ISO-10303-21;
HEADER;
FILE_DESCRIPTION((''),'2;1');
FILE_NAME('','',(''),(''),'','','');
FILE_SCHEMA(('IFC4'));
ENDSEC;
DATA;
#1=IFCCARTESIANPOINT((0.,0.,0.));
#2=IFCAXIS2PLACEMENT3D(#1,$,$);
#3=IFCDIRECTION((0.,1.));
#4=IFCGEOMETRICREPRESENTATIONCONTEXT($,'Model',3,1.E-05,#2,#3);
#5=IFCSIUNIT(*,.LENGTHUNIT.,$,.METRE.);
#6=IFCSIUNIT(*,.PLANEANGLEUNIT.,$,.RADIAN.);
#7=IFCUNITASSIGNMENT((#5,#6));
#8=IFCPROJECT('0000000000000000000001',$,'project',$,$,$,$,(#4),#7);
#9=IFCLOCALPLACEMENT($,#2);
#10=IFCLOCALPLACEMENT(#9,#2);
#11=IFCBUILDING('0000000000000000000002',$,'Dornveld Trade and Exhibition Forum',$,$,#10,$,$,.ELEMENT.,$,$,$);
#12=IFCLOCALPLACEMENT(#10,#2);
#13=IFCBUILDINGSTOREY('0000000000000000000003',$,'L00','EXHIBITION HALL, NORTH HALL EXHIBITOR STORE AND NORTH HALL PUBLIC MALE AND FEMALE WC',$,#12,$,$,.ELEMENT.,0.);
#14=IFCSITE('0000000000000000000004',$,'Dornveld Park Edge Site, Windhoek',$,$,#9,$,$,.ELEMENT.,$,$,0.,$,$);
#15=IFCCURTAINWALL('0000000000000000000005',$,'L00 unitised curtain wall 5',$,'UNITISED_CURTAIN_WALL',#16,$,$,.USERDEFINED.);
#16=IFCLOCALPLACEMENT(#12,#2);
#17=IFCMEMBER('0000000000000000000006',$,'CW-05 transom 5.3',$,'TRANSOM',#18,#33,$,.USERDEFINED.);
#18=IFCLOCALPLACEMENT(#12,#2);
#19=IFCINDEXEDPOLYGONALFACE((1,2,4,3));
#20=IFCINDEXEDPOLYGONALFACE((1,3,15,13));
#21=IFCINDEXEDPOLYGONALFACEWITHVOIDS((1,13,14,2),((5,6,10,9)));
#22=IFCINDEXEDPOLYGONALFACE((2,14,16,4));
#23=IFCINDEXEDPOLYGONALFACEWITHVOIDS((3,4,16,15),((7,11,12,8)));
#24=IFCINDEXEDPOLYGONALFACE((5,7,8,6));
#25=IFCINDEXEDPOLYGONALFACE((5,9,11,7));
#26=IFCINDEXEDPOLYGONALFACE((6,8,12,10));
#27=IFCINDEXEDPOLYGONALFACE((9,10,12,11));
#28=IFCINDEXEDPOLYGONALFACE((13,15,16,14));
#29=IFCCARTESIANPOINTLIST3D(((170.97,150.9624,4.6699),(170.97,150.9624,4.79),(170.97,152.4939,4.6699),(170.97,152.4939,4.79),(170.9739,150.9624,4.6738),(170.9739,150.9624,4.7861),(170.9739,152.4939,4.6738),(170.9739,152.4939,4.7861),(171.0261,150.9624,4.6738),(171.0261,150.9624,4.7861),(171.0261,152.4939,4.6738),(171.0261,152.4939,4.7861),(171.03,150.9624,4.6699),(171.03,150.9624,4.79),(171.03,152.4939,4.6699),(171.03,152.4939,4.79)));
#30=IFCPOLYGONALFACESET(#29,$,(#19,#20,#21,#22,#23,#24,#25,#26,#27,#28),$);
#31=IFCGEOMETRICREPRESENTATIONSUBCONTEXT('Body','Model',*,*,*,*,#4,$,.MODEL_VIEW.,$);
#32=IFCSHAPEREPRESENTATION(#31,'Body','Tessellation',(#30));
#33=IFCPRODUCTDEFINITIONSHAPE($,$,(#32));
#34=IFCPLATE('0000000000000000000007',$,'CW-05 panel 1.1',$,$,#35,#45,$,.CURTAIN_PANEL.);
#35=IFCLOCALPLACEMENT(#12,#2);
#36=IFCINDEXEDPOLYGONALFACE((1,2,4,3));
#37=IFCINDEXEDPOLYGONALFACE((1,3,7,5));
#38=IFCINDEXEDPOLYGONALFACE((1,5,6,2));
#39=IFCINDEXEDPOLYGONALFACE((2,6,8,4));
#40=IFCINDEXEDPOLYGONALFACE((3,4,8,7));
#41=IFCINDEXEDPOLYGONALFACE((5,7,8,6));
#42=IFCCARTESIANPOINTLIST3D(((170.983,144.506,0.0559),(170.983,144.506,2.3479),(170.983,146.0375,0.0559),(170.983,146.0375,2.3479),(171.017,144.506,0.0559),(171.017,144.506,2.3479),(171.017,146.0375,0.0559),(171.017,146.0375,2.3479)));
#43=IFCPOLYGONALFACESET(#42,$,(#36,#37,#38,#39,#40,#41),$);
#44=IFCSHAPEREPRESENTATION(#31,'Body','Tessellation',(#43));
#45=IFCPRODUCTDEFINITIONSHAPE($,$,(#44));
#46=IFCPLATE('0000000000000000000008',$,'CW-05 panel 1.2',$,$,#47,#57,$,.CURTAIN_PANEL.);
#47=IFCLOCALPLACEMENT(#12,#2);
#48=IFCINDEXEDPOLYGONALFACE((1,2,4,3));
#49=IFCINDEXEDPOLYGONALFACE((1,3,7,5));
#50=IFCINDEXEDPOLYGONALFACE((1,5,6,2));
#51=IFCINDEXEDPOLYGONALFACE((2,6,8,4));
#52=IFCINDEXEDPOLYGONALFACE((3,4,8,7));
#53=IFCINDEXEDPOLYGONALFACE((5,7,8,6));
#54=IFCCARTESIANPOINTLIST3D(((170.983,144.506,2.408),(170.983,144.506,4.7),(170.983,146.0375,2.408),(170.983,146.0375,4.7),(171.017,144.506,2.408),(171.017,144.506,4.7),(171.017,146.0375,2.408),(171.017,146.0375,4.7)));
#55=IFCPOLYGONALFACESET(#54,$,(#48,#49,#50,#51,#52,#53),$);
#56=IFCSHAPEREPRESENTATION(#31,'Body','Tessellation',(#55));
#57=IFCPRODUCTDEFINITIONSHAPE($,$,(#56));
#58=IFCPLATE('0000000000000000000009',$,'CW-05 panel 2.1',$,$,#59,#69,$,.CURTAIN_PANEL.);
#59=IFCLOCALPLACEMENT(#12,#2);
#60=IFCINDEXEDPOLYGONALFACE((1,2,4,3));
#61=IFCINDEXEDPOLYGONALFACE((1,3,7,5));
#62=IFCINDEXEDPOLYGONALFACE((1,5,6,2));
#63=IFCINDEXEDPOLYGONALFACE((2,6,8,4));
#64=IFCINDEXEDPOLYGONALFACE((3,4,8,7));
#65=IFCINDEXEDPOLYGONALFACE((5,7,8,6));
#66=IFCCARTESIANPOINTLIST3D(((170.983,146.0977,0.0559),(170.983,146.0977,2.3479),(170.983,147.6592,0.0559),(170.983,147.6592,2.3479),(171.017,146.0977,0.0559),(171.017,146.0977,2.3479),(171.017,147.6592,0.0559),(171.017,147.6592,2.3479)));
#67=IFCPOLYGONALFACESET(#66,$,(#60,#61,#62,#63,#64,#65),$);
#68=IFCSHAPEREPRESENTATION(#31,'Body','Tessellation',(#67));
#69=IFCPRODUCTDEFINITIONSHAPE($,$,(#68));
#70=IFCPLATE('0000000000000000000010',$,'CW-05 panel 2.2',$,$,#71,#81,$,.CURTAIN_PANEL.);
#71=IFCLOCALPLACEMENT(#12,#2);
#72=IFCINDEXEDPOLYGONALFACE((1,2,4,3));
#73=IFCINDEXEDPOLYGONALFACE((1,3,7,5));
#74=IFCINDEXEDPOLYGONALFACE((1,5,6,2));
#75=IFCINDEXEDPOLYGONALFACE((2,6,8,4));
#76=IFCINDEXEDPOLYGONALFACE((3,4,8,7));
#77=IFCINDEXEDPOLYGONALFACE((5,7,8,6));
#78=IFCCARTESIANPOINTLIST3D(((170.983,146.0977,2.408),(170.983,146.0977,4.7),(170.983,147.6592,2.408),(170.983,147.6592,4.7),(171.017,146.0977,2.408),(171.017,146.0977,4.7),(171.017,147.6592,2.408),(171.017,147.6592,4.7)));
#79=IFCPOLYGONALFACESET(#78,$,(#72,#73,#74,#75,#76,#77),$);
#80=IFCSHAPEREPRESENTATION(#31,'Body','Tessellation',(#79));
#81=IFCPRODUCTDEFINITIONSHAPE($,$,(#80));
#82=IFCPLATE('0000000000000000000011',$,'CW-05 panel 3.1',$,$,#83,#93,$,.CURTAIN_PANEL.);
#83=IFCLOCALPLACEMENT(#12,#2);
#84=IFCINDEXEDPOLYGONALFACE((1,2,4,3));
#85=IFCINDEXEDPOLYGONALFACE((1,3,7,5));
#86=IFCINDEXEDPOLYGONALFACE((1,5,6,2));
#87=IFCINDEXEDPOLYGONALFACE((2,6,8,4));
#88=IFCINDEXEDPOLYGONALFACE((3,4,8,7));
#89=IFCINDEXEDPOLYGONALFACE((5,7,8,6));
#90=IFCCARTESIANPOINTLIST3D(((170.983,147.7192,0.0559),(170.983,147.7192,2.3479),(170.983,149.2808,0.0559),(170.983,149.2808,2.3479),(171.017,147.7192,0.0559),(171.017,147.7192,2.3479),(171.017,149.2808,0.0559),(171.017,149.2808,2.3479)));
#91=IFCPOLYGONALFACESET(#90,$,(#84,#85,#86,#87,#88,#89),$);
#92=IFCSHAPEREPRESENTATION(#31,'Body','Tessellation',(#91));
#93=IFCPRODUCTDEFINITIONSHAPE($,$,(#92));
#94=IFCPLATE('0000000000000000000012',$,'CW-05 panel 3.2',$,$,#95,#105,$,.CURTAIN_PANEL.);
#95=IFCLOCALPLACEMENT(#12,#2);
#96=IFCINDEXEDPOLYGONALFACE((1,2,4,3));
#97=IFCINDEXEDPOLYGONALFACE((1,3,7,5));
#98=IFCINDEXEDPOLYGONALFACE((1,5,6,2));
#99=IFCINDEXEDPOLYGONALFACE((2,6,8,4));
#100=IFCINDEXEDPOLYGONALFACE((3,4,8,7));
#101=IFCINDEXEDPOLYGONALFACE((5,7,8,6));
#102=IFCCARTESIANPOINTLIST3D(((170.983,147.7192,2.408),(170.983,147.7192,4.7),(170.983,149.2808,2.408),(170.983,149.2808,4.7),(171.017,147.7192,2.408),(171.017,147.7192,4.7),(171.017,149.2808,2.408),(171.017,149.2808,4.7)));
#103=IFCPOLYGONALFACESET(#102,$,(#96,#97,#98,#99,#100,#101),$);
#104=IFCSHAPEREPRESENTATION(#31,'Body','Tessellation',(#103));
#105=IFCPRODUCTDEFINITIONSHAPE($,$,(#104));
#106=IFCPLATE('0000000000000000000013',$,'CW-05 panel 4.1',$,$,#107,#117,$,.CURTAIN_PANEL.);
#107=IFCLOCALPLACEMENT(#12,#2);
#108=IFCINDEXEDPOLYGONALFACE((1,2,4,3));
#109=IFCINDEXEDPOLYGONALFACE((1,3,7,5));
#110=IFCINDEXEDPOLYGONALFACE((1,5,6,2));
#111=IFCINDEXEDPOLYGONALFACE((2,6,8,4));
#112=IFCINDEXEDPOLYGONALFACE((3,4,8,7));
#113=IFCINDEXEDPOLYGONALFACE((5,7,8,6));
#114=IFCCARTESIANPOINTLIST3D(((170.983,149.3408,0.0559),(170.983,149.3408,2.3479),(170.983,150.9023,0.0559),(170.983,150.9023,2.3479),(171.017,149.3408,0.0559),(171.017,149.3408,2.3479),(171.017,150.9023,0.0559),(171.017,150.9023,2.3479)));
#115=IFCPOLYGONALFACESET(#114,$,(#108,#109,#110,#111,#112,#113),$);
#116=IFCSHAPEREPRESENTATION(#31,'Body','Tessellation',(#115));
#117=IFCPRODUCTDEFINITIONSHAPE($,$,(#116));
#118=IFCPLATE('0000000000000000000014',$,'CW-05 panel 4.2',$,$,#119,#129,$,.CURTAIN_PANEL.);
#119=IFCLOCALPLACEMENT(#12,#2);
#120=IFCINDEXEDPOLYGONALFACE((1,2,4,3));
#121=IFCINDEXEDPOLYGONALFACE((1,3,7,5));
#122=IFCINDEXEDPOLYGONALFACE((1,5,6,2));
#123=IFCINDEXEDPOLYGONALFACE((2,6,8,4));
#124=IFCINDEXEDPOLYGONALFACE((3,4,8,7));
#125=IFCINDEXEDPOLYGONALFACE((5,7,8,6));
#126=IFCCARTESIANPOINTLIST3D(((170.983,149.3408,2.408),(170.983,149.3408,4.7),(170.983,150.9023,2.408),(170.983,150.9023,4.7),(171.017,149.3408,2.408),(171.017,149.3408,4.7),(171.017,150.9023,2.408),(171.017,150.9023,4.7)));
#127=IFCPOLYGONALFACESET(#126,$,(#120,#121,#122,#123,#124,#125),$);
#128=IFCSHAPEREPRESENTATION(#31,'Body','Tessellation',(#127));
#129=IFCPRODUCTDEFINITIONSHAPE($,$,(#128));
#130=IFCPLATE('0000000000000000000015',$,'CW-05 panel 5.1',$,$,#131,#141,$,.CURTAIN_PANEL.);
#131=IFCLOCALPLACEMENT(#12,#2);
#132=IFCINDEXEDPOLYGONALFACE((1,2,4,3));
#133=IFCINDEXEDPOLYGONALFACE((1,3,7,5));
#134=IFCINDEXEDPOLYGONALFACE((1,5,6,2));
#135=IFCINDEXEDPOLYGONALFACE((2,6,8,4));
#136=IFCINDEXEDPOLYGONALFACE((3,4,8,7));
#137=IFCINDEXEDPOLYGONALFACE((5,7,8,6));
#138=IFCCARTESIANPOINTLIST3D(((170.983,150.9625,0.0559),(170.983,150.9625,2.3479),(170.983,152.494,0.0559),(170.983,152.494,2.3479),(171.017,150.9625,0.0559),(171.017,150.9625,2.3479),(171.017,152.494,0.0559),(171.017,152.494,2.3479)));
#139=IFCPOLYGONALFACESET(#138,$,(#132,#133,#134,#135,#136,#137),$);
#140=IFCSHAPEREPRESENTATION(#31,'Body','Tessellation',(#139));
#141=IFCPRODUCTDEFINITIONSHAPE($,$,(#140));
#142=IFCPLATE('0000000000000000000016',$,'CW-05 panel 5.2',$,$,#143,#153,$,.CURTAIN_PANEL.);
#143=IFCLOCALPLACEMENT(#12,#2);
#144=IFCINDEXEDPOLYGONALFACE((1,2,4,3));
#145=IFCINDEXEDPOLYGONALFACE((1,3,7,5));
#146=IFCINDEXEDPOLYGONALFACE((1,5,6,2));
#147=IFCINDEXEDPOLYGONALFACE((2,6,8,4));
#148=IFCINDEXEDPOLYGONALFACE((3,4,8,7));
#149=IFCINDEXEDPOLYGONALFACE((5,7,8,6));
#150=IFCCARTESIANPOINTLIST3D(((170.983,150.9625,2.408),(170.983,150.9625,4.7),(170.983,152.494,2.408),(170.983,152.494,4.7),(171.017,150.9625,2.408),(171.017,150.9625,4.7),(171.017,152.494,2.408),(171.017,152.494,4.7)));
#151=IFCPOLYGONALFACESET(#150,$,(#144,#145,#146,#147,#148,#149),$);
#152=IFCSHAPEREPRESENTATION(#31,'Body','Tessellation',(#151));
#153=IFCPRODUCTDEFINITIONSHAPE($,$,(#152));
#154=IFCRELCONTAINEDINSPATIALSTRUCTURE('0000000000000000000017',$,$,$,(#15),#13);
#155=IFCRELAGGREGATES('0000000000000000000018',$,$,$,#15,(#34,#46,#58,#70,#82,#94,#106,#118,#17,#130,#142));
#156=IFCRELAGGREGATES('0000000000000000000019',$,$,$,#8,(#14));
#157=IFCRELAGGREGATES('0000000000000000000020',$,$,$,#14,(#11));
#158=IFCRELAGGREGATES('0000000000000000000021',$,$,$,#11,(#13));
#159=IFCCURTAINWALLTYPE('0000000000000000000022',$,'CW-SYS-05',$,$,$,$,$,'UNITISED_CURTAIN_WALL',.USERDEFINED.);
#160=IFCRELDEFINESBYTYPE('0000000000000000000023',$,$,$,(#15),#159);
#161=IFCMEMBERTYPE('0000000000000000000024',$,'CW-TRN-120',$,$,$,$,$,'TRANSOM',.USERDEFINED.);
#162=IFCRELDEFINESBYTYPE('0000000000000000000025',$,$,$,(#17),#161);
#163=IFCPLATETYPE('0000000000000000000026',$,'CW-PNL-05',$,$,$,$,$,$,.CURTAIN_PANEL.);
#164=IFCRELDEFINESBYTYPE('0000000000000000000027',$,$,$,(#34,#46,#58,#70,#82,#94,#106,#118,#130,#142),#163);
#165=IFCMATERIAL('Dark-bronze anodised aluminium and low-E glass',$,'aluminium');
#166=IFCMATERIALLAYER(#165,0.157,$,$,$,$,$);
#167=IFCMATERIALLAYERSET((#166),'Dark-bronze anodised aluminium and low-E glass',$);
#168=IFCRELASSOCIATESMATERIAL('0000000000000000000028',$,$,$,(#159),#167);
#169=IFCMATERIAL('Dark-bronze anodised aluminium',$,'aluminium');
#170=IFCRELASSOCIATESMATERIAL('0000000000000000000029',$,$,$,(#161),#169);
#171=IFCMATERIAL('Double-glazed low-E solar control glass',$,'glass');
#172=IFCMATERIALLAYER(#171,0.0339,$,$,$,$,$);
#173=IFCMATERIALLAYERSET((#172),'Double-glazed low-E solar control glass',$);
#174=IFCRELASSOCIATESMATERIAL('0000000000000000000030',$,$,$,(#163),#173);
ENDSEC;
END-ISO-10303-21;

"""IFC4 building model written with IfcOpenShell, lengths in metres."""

from ifc_helpers import new_model, si_unit, direction, frame, origin, origin_2d, place, context, subcontext, project, spatial, rectangle, hollow_rectangle, extrude, material, layer, layer_set, material_profile, profile_set, type_object, element, aggregate, save


model = new_model("IFC4")

# Units and contexts
model_context = context("Model", 3, precision=1e-05, world=origin(), true_north=direction((0.0, 1.0)))
body_context = subcontext(model_context, "Body", "Model", "MODEL_VIEW")
ifc_project = project(units=[si_unit("LENGTHUNIT", "METRE"), si_unit("PLANEANGLEUNIT", "RADIAN")], contexts=[model_context])

# Site, building, storey
site_placement = place(None, origin())
site = spatial("IfcSite", under=ifc_project, at=site_placement, Name="Dornveld Park Edge Site, Windhoek", CompositionType="ELEMENT", RefElevation=0.0)
building_placement = place(site_placement, origin())
building = spatial("IfcBuilding", under=site, at=building_placement, Name="Dornveld Trade and Exhibition Forum", CompositionType="ELEMENT")
storey_placement = place(building_placement, origin())
storey = spatial("IfcBuildingStorey", under=building, at=storey_placement, Name="L00", Description="EXHIBITION HALL, NORTH HALL EXHIBITOR STORE AND NORTH HALL PUBLIC MALE AND FEMALE WC", CompositionType="ELEMENT", Elevation=0.0)

# Curtain wall, member, plates
ifc_material_1 = material(Name="Dark-bronze anodised aluminium and low-E glass", Category="aluminium")
ifc_layer_1 = layer(ifc_material_1, 0.157)
ifc_layer_set_1 = layer_set([ifc_layer_1], Name="Dark-bronze anodised aluminium and low-E glass")
curtain_wall_type_1 = type_object("IfcCurtainWallType", Name="CW-SYS-05", ElementType="UNITISED_CURTAIN_WALL", PredefinedType="USERDEFINED", material=ifc_layer_set_1)
curtain_wall_1_placement = place(storey_placement, origin())
curtain_wall_1 = element("IfcCurtainWall", 1, at=curtain_wall_1_placement, inside=storey, type_object=curtain_wall_type_1, Name="L00 unitised curtain wall 5", ObjectType="UNITISED_CURTAIN_WALL", PredefinedType="USERDEFINED")
ifc_material_2 = material(Name="Dark-bronze anodised aluminium", Category="aluminium")
ifc_material_profile_1 = material_profile(ifc_material_2, hollow_rectangle(XDim=0.0601, YDim=0.1201, WallThickness=0.0039, at=origin_2d()), Name="RHS 120x60x4")
ifc_profile_set_1 = profile_set([ifc_material_profile_1], Name="Dark-bronze anodised aluminium")
member_type_1 = type_object("IfcMemberType", Name="CW-TRN-120", ElementType="TRANSOM", PredefinedType="USERDEFINED", material=ifc_profile_set_1)
member_1_placement = place(storey_placement, frame((171.0, 150.9624, 4.73), z_axis=(0.0, 1.0, 0.0), x_axis=(-1.0, 0.0, 0.0)))
member_1 = element("IfcMember", 2, at=member_1_placement, type_object=member_type_1, Name="CW-05 transom 5.3", ObjectType="TRANSOM", PredefinedType="USERDEFINED", context=body_context, shape_type="SweptSolid", body=[
    extrude(hollow_rectangle(XDim=0.0601, YDim=0.1201, WallThickness=0.0039, at=origin_2d()), origin(), (0.0, 0.0, 1.0), 1.5315),
])
ifc_material_3 = material(Name="Double-glazed low-E solar control glass", Category="glass")
ifc_layer_2 = layer(ifc_material_3, 0.0339)
ifc_layer_set_2 = layer_set([ifc_layer_2], Name="Double-glazed low-E solar control glass")
plate_type = type_object("IfcPlateType", Name="CW-PNL-05", PredefinedType="CURTAIN_PANEL", material=ifc_layer_set_2)
plate_1_placement = place(storey_placement, frame((171.0, 145.2717, 0.0559), z_axis=(0.0, 0.0, 1.0), x_axis=(0.0, 1.0, 0.0)))
plate_1 = element("IfcPlate", 3, at=plate_1_placement, type_object=plate_type, Name="CW-05 panel 1.1", PredefinedType="CURTAIN_PANEL", context=body_context, shape_type="SweptSolid", body=[
    extrude(rectangle(XDim=1.5315, YDim=0.0339, at=origin_2d()), origin(), (0.0, 0.0, 1.0), 2.292),
])
plate_2_placement = place(storey_placement, frame((171.0, 145.2717, 2.408), z_axis=(0.0, 0.0, 1.0), x_axis=(0.0, 1.0, 0.0)))
plate_2 = element("IfcPlate", 4, at=plate_2_placement, type_object=plate_type, Name="CW-05 panel 1.2", PredefinedType="CURTAIN_PANEL", context=body_context, shape_type="SweptSolid", body=[
    extrude(rectangle(XDim=1.5315, YDim=0.0339, at=origin_2d()), origin(), (0.0, 0.0, 1.0), 2.292),
])
plate_3_placement = place(storey_placement, frame((171.0, 146.8784, 0.0559), z_axis=(0.0, 0.0, 1.0), x_axis=(0.0, 1.0, 0.0)))
plate_3 = element("IfcPlate", 5, at=plate_3_placement, type_object=plate_type, Name="CW-05 panel 2.1", PredefinedType="CURTAIN_PANEL", context=body_context, shape_type="SweptSolid", body=[
    extrude(rectangle(XDim=1.5615, YDim=0.0339, at=origin_2d()), origin(), (0.0, 0.0, 1.0), 2.292),
])
plate_4_placement = place(storey_placement, frame((171.0, 146.8784, 2.408), z_axis=(0.0, 0.0, 1.0), x_axis=(0.0, 1.0, 0.0)))
plate_4 = element("IfcPlate", 6, at=plate_4_placement, type_object=plate_type, Name="CW-05 panel 2.2", PredefinedType="CURTAIN_PANEL", context=body_context, shape_type="SweptSolid", body=[
    extrude(rectangle(XDim=1.5615, YDim=0.0339, at=origin_2d()), origin(), (0.0, 0.0, 1.0), 2.292),
])
plate_5_placement = place(storey_placement, frame((171.0, 148.5, 0.0559), z_axis=(0.0, 0.0, 1.0), x_axis=(0.0, 1.0, 0.0)))
plate_5 = element("IfcPlate", 7, at=plate_5_placement, type_object=plate_type, Name="CW-05 panel 3.1", PredefinedType="CURTAIN_PANEL", context=body_context, shape_type="SweptSolid", body=[
    extrude(rectangle(XDim=1.5615, YDim=0.0339, at=origin_2d()), origin(), (0.0, 0.0, 1.0), 2.292),
])
plate_6_placement = place(storey_placement, frame((171.0, 148.5, 2.408), z_axis=(0.0, 0.0, 1.0), x_axis=(0.0, 1.0, 0.0)))
plate_6 = element("IfcPlate", 8, at=plate_6_placement, type_object=plate_type, Name="CW-05 panel 3.2", PredefinedType="CURTAIN_PANEL", context=body_context, shape_type="SweptSolid", body=[
    extrude(rectangle(XDim=1.5615, YDim=0.0339, at=origin_2d()), origin(), (0.0, 0.0, 1.0), 2.292),
])
plate_7_placement = place(storey_placement, frame((171.0, 150.1216, 0.0559), z_axis=(0.0, 0.0, 1.0), x_axis=(0.0, 1.0, 0.0)))
plate_7 = element("IfcPlate", 9, at=plate_7_placement, type_object=plate_type, Name="CW-05 panel 4.1", PredefinedType="CURTAIN_PANEL", context=body_context, shape_type="SweptSolid", body=[
    extrude(rectangle(XDim=1.5615, YDim=0.0339, at=origin_2d()), origin(), (0.0, 0.0, 1.0), 2.292),
])
plate_8_placement = place(storey_placement, frame((171.0, 150.1216, 2.408), z_axis=(0.0, 0.0, 1.0), x_axis=(0.0, 1.0, 0.0)))
plate_8 = element("IfcPlate", 10, at=plate_8_placement, type_object=plate_type, Name="CW-05 panel 4.2", PredefinedType="CURTAIN_PANEL", context=body_context, shape_type="SweptSolid", body=[
    extrude(rectangle(XDim=1.5615, YDim=0.0339, at=origin_2d()), origin(), (0.0, 0.0, 1.0), 2.292),
])
plate_9_placement = place(storey_placement, frame((171.0, 151.7283, 0.0559), z_axis=(0.0, 0.0, 1.0), x_axis=(0.0, 1.0, 0.0)))
plate_9 = element("IfcPlate", 11, at=plate_9_placement, type_object=plate_type, Name="CW-05 panel 5.1", PredefinedType="CURTAIN_PANEL", context=body_context, shape_type="SweptSolid", body=[
    extrude(rectangle(XDim=1.5315, YDim=0.0339, at=origin_2d()), origin(), (0.0, 0.0, 1.0), 2.292),
])
plate_10_placement = place(storey_placement, frame((171.0, 151.7283, 2.408), z_axis=(0.0, 0.0, 1.0), x_axis=(0.0, 1.0, 0.0)))
plate_10 = element("IfcPlate", 12, at=plate_10_placement, type_object=plate_type, Name="CW-05 panel 5.2", PredefinedType="CURTAIN_PANEL", context=body_context, shape_type="SweptSolid", body=[
    extrude(rectangle(XDim=1.5315, YDim=0.0339, at=origin_2d()), origin(), (0.0, 0.0, 1.0), 2.292),
])
aggregate(curtain_wall_1, [plate_1, plate_2, plate_3, plate_4, plate_5, plate_6, plate_7, plate_8, member_1, plate_9, plate_10])

save(model, "model.ifc")
